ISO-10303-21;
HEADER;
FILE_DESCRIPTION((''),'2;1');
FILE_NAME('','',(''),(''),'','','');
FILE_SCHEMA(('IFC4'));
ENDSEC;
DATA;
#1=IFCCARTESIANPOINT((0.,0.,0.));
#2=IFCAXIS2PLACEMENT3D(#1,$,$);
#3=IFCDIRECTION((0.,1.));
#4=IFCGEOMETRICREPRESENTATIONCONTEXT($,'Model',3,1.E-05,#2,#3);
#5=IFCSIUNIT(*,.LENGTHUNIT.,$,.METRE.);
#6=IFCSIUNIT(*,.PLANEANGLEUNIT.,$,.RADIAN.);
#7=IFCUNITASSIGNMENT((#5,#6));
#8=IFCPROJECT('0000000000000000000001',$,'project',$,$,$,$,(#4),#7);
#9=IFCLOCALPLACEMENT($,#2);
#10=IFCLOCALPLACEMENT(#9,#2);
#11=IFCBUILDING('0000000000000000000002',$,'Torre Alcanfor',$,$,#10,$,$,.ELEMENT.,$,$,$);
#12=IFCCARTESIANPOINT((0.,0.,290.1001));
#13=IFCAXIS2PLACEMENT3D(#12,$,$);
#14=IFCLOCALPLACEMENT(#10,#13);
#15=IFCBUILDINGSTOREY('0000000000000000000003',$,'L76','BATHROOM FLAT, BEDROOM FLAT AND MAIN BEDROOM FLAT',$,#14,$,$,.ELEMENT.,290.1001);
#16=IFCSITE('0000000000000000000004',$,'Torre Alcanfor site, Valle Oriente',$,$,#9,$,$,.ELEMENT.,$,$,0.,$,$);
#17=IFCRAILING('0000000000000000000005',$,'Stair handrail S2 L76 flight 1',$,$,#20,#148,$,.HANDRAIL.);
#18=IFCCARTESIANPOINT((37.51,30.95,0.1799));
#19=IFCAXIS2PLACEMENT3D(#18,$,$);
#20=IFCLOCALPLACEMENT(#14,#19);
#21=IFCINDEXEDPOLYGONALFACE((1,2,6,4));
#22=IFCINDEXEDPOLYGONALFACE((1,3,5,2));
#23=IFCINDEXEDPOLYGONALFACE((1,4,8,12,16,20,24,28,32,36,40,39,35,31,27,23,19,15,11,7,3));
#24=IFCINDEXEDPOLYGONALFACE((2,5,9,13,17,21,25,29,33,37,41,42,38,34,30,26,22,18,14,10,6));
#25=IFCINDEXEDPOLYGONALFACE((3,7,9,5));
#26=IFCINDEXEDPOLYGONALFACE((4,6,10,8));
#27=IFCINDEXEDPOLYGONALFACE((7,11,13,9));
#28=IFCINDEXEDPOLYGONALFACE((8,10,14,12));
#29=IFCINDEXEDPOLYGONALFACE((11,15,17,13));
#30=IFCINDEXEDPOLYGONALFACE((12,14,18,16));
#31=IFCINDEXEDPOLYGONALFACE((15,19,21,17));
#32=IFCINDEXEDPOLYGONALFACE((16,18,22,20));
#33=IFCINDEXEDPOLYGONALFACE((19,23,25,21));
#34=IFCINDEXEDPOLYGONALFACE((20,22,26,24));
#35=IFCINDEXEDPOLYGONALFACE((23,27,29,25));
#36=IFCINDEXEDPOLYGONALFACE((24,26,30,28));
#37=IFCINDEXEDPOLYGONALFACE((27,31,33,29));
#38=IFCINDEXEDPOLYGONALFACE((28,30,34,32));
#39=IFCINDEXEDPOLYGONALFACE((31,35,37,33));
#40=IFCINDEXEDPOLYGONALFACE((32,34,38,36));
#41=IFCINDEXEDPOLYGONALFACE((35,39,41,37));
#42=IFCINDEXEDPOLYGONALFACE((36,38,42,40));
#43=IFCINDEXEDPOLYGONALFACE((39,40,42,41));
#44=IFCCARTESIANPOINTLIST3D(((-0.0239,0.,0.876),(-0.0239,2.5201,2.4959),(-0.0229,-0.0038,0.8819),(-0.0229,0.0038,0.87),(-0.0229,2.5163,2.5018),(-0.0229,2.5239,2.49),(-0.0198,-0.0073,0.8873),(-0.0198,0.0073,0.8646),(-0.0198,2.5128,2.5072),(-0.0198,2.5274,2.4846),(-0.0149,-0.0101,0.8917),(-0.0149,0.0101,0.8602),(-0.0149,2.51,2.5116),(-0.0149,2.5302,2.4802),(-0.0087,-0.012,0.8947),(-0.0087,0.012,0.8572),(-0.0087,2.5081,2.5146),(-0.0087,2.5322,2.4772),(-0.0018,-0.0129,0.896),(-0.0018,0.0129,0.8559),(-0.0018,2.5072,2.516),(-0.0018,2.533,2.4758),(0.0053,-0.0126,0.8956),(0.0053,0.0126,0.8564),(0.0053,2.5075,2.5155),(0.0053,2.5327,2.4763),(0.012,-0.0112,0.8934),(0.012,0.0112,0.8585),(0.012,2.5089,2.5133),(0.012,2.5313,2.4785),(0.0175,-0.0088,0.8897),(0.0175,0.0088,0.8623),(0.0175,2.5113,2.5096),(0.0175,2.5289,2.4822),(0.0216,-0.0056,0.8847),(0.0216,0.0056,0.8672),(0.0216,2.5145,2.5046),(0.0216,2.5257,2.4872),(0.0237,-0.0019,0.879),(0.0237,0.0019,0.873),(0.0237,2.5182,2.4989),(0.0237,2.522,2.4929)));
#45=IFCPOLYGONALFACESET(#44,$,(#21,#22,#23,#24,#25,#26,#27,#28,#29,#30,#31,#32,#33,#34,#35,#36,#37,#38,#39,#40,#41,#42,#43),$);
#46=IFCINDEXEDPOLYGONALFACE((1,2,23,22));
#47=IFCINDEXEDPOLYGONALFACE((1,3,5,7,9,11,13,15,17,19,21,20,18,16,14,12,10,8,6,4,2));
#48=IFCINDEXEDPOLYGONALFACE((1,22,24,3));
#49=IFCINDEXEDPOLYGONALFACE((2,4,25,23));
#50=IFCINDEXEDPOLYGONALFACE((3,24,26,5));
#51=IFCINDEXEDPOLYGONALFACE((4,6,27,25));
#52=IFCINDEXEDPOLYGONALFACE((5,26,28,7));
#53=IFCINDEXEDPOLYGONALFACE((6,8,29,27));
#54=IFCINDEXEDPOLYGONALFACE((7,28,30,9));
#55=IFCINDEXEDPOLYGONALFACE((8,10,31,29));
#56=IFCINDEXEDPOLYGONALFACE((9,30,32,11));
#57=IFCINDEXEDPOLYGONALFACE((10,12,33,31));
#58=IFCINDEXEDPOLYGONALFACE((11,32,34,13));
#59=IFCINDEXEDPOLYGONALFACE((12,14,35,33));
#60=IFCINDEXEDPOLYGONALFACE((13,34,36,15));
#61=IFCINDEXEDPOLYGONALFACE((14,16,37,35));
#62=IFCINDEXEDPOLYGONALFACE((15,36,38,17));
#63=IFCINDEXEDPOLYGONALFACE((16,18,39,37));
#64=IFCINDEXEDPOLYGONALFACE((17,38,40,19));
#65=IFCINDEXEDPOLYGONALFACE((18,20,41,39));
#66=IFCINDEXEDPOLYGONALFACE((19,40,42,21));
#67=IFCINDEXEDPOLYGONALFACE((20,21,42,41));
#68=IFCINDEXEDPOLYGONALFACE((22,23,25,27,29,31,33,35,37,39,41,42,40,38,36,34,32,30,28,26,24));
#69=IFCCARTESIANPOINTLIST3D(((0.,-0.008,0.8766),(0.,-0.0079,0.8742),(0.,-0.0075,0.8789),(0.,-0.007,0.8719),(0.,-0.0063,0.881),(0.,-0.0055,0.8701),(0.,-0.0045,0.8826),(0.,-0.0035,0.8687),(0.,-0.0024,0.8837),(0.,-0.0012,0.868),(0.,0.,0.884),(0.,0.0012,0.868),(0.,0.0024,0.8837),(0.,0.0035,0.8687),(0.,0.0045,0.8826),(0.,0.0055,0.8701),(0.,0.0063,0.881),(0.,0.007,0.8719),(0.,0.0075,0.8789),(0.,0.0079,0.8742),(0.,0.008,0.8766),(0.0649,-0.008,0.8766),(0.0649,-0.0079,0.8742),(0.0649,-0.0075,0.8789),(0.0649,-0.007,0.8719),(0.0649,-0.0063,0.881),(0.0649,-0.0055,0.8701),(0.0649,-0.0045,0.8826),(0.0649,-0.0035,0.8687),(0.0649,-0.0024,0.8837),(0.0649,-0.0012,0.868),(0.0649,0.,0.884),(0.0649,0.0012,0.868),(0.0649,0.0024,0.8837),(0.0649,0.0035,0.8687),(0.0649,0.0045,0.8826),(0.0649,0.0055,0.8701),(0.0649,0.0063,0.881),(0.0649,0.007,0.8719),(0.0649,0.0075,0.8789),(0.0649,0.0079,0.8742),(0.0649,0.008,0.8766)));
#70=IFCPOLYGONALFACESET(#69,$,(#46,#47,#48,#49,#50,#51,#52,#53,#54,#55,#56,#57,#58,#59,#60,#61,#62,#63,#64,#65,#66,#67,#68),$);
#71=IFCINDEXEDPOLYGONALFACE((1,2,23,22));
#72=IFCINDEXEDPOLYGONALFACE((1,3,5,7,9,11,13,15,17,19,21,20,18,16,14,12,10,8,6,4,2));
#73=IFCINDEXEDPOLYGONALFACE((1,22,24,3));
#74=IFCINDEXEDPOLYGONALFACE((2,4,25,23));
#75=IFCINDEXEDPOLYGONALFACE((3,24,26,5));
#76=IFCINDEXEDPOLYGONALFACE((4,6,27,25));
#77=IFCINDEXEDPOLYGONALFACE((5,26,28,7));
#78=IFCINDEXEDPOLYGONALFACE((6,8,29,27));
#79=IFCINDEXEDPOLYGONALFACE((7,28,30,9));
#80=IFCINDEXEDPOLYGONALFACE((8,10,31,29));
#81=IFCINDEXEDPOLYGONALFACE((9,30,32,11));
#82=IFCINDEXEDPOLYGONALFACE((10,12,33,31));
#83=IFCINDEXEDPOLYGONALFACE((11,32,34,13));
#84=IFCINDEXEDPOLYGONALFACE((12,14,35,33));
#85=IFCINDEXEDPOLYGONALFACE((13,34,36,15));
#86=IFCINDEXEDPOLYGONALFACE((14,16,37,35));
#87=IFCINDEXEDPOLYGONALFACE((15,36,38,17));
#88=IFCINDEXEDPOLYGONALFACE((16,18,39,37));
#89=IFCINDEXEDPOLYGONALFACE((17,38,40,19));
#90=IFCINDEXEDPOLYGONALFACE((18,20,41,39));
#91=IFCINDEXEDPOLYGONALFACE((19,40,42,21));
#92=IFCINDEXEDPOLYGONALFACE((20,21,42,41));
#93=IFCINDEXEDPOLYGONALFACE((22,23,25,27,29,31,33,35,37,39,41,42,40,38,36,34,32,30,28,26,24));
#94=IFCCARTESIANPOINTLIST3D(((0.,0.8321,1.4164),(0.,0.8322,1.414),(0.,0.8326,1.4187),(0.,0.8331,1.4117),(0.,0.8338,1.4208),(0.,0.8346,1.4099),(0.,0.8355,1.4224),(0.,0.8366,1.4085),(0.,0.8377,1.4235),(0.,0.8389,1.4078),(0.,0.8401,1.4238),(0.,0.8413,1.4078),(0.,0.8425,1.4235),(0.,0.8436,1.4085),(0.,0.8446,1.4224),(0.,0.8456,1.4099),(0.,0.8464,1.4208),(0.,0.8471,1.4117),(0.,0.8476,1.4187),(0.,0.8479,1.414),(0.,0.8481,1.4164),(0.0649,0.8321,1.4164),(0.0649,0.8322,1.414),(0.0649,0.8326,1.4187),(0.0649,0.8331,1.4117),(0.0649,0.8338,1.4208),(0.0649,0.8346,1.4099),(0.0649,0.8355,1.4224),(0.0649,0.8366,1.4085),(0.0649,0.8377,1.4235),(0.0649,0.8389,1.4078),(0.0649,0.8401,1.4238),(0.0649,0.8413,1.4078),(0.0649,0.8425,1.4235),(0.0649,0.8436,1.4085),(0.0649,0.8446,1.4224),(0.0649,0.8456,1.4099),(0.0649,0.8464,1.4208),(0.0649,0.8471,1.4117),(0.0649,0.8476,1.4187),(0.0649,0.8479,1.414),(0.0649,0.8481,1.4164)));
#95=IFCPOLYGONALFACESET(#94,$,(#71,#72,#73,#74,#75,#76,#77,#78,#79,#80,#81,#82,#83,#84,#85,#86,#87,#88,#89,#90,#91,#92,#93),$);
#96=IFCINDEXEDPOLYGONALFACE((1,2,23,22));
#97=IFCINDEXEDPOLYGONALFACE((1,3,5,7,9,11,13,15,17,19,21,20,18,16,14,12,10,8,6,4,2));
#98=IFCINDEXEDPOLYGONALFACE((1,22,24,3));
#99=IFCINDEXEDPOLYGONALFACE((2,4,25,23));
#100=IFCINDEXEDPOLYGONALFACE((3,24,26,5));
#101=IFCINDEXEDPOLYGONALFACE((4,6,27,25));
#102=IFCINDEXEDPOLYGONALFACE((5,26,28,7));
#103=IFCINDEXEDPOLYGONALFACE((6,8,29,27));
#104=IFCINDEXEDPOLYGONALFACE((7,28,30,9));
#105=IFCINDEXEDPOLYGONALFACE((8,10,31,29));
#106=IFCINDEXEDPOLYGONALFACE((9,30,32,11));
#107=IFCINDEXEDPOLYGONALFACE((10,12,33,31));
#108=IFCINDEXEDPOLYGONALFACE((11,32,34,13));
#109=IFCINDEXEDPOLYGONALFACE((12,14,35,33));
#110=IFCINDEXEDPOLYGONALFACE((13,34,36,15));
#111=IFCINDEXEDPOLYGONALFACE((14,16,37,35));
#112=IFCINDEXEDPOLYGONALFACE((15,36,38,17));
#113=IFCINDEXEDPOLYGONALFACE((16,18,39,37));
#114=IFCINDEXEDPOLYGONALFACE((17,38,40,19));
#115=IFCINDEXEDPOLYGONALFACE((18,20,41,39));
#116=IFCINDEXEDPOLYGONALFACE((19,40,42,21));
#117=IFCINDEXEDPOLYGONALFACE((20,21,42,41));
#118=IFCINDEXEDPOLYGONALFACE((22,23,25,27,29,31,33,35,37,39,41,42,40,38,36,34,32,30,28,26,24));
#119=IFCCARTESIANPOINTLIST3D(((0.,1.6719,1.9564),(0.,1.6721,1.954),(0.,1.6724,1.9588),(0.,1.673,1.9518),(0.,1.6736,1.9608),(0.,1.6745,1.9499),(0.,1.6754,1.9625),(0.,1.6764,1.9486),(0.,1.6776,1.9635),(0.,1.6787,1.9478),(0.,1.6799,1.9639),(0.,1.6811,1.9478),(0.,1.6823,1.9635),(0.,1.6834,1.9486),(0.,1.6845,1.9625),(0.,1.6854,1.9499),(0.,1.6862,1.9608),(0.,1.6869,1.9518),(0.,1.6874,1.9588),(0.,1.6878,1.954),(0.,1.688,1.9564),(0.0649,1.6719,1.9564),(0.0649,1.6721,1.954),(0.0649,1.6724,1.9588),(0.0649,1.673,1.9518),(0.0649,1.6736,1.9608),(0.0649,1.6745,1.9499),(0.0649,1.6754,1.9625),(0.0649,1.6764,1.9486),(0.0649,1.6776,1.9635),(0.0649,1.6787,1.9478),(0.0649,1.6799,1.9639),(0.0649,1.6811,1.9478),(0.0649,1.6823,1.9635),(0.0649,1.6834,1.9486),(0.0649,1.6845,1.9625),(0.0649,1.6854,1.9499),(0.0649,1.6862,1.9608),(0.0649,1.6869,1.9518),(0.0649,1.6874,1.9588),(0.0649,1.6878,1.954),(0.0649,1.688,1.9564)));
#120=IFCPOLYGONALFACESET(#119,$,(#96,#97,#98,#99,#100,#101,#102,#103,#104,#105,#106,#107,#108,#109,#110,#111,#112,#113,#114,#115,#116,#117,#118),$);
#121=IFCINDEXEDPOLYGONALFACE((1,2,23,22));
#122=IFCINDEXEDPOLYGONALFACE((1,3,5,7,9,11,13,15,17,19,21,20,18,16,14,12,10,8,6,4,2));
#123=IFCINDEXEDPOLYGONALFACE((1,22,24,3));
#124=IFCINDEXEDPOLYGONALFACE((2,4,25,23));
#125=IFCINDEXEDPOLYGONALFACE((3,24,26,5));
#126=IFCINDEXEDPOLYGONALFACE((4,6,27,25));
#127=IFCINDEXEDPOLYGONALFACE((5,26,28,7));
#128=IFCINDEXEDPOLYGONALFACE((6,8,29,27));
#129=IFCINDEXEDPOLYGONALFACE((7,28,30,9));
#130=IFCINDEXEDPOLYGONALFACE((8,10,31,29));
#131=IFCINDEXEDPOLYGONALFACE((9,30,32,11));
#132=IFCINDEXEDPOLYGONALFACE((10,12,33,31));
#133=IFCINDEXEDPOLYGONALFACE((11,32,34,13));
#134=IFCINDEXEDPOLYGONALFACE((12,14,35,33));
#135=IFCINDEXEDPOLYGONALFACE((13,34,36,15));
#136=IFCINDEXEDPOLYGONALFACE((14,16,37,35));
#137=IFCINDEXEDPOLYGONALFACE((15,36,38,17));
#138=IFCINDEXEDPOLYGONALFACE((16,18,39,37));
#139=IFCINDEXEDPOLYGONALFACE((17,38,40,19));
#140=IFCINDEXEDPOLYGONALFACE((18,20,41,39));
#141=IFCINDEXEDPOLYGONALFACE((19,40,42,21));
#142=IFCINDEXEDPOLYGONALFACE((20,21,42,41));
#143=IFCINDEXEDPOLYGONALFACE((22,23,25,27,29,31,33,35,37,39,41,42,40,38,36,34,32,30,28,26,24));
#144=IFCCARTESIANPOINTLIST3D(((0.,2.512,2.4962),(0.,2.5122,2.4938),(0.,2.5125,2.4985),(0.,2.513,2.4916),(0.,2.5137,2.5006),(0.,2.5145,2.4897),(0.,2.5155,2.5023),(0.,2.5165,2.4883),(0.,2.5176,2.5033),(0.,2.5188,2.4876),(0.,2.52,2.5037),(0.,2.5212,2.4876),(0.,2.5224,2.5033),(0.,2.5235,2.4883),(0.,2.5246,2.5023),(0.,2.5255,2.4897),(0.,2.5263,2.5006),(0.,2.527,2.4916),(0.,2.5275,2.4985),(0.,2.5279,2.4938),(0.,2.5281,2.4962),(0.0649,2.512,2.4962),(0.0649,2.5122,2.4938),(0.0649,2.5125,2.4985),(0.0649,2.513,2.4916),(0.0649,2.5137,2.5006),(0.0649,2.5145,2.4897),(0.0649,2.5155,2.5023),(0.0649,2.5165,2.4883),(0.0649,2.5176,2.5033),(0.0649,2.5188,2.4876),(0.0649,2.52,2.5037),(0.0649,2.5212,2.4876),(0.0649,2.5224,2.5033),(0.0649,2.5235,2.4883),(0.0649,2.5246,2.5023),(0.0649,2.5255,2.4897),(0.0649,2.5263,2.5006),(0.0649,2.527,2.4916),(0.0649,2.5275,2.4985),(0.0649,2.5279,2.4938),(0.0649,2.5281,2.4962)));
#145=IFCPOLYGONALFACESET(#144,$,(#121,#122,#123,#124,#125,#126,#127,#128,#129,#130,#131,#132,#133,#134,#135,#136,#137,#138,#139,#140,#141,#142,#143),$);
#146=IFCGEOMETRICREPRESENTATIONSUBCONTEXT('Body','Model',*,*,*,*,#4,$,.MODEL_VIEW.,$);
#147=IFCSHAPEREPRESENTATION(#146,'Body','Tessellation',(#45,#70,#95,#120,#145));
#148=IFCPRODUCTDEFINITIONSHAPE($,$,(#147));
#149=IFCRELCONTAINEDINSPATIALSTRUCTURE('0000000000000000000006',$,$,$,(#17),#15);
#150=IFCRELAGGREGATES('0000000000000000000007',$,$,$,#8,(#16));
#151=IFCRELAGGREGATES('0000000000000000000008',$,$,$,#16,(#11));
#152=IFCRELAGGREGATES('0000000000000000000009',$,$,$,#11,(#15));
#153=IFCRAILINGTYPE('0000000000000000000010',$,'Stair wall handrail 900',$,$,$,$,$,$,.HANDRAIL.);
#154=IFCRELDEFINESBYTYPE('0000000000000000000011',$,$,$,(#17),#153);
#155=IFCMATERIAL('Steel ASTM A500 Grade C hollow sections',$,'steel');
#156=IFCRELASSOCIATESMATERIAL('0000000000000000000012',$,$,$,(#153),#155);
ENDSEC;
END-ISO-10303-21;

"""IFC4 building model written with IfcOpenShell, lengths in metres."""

from ifc_helpers import new_model, si_unit, direction, frame, origin, origin_2d, place, context, subcontext, project, spatial, circle, extrude, material, type_object, element, save


model = new_model("IFC4")

# Units and contexts
model_context = context("Model", 3, precision=1e-05, world=origin(), true_north=direction((0.0, 1.0)))
body_context = subcontext(model_context, "Body", "Model", "MODEL_VIEW")
ifc_project = project(units=[si_unit("LENGTHUNIT", "METRE"), si_unit("PLANEANGLEUNIT", "RADIAN")], contexts=[model_context])

# Site, building, storey
site_placement = place(None, origin())
site = spatial("IfcSite", under=ifc_project, at=site_placement, Name="Torre Alcanfor site, Valle Oriente", CompositionType="ELEMENT", RefElevation=0.0)
building_placement = place(site_placement, origin())
building = spatial("IfcBuilding", under=site, at=building_placement, Name="Torre Alcanfor", CompositionType="ELEMENT")
storey_placement = place(building_placement, frame((0.0, 0.0, 290.1001)))
storey = spatial("IfcBuildingStorey", under=building, at=storey_placement, Name="L76", Description="BATHROOM FLAT, BEDROOM FLAT AND MAIN BEDROOM FLAT", CompositionType="ELEMENT", Elevation=290.1001)

# Railing
ifc_material_1 = material(Name="Steel ASTM A500 Grade C hollow sections", Category="steel")
railing_type_1 = type_object("IfcRailingType", Name="Stair wall handrail 900", PredefinedType="HANDRAIL", material=ifc_material_1)
railing_1_placement = place(storey_placement, frame((37.51, 30.95, 0.1799)))
element("IfcRailing", 1, at=railing_1_placement, inside=storey, type_object=railing_type_1, Name="Stair handrail S2 L76 flight 1", PredefinedType="HANDRAIL", context=body_context, shape_type="SweptSolid", body=[
    extrude(circle(Radius=0.0239, at=origin_2d()), frame((0.0, 0.0, 0.876), z_axis=(0.0, 0.8412, 0.540725), x_axis=(-1.0, 0.0, 0.0)), (0.0, 0.0, 1.0), 2.9958),
    extrude(circle(Radius=0.0081, at=origin_2d()), frame((0.0, 0.0, 0.876), z_axis=(1.0, 0.0, 0.0), x_axis=(0.0, 0.0, 1.0)), (0.0, 0.0, 1.0), 0.0649),
    extrude(circle(Radius=0.0081, at=origin_2d()), frame((0.0, 0.8401, 1.4158), z_axis=(1.0, 0.0, 0.0), x_axis=(0.0, 0.0, 1.0)), (0.0, 0.0, 1.0), 0.0649),
    extrude(circle(Radius=0.0081, at=origin_2d()), frame((0.0, 1.6799, 1.9558), z_axis=(1.0, 0.0, 0.0), x_axis=(0.0, 0.0, 1.0)), (0.0, 0.0, 1.0), 0.0649),
    extrude(circle(Radius=0.0081, at=origin_2d()), frame((0.0, 2.52, 2.4956), z_axis=(1.0, 0.0, 0.0), x_axis=(0.0, 0.0, 1.0)), (0.0, 0.0, 1.0), 0.0649),
])

save(model, "model.ifc")
